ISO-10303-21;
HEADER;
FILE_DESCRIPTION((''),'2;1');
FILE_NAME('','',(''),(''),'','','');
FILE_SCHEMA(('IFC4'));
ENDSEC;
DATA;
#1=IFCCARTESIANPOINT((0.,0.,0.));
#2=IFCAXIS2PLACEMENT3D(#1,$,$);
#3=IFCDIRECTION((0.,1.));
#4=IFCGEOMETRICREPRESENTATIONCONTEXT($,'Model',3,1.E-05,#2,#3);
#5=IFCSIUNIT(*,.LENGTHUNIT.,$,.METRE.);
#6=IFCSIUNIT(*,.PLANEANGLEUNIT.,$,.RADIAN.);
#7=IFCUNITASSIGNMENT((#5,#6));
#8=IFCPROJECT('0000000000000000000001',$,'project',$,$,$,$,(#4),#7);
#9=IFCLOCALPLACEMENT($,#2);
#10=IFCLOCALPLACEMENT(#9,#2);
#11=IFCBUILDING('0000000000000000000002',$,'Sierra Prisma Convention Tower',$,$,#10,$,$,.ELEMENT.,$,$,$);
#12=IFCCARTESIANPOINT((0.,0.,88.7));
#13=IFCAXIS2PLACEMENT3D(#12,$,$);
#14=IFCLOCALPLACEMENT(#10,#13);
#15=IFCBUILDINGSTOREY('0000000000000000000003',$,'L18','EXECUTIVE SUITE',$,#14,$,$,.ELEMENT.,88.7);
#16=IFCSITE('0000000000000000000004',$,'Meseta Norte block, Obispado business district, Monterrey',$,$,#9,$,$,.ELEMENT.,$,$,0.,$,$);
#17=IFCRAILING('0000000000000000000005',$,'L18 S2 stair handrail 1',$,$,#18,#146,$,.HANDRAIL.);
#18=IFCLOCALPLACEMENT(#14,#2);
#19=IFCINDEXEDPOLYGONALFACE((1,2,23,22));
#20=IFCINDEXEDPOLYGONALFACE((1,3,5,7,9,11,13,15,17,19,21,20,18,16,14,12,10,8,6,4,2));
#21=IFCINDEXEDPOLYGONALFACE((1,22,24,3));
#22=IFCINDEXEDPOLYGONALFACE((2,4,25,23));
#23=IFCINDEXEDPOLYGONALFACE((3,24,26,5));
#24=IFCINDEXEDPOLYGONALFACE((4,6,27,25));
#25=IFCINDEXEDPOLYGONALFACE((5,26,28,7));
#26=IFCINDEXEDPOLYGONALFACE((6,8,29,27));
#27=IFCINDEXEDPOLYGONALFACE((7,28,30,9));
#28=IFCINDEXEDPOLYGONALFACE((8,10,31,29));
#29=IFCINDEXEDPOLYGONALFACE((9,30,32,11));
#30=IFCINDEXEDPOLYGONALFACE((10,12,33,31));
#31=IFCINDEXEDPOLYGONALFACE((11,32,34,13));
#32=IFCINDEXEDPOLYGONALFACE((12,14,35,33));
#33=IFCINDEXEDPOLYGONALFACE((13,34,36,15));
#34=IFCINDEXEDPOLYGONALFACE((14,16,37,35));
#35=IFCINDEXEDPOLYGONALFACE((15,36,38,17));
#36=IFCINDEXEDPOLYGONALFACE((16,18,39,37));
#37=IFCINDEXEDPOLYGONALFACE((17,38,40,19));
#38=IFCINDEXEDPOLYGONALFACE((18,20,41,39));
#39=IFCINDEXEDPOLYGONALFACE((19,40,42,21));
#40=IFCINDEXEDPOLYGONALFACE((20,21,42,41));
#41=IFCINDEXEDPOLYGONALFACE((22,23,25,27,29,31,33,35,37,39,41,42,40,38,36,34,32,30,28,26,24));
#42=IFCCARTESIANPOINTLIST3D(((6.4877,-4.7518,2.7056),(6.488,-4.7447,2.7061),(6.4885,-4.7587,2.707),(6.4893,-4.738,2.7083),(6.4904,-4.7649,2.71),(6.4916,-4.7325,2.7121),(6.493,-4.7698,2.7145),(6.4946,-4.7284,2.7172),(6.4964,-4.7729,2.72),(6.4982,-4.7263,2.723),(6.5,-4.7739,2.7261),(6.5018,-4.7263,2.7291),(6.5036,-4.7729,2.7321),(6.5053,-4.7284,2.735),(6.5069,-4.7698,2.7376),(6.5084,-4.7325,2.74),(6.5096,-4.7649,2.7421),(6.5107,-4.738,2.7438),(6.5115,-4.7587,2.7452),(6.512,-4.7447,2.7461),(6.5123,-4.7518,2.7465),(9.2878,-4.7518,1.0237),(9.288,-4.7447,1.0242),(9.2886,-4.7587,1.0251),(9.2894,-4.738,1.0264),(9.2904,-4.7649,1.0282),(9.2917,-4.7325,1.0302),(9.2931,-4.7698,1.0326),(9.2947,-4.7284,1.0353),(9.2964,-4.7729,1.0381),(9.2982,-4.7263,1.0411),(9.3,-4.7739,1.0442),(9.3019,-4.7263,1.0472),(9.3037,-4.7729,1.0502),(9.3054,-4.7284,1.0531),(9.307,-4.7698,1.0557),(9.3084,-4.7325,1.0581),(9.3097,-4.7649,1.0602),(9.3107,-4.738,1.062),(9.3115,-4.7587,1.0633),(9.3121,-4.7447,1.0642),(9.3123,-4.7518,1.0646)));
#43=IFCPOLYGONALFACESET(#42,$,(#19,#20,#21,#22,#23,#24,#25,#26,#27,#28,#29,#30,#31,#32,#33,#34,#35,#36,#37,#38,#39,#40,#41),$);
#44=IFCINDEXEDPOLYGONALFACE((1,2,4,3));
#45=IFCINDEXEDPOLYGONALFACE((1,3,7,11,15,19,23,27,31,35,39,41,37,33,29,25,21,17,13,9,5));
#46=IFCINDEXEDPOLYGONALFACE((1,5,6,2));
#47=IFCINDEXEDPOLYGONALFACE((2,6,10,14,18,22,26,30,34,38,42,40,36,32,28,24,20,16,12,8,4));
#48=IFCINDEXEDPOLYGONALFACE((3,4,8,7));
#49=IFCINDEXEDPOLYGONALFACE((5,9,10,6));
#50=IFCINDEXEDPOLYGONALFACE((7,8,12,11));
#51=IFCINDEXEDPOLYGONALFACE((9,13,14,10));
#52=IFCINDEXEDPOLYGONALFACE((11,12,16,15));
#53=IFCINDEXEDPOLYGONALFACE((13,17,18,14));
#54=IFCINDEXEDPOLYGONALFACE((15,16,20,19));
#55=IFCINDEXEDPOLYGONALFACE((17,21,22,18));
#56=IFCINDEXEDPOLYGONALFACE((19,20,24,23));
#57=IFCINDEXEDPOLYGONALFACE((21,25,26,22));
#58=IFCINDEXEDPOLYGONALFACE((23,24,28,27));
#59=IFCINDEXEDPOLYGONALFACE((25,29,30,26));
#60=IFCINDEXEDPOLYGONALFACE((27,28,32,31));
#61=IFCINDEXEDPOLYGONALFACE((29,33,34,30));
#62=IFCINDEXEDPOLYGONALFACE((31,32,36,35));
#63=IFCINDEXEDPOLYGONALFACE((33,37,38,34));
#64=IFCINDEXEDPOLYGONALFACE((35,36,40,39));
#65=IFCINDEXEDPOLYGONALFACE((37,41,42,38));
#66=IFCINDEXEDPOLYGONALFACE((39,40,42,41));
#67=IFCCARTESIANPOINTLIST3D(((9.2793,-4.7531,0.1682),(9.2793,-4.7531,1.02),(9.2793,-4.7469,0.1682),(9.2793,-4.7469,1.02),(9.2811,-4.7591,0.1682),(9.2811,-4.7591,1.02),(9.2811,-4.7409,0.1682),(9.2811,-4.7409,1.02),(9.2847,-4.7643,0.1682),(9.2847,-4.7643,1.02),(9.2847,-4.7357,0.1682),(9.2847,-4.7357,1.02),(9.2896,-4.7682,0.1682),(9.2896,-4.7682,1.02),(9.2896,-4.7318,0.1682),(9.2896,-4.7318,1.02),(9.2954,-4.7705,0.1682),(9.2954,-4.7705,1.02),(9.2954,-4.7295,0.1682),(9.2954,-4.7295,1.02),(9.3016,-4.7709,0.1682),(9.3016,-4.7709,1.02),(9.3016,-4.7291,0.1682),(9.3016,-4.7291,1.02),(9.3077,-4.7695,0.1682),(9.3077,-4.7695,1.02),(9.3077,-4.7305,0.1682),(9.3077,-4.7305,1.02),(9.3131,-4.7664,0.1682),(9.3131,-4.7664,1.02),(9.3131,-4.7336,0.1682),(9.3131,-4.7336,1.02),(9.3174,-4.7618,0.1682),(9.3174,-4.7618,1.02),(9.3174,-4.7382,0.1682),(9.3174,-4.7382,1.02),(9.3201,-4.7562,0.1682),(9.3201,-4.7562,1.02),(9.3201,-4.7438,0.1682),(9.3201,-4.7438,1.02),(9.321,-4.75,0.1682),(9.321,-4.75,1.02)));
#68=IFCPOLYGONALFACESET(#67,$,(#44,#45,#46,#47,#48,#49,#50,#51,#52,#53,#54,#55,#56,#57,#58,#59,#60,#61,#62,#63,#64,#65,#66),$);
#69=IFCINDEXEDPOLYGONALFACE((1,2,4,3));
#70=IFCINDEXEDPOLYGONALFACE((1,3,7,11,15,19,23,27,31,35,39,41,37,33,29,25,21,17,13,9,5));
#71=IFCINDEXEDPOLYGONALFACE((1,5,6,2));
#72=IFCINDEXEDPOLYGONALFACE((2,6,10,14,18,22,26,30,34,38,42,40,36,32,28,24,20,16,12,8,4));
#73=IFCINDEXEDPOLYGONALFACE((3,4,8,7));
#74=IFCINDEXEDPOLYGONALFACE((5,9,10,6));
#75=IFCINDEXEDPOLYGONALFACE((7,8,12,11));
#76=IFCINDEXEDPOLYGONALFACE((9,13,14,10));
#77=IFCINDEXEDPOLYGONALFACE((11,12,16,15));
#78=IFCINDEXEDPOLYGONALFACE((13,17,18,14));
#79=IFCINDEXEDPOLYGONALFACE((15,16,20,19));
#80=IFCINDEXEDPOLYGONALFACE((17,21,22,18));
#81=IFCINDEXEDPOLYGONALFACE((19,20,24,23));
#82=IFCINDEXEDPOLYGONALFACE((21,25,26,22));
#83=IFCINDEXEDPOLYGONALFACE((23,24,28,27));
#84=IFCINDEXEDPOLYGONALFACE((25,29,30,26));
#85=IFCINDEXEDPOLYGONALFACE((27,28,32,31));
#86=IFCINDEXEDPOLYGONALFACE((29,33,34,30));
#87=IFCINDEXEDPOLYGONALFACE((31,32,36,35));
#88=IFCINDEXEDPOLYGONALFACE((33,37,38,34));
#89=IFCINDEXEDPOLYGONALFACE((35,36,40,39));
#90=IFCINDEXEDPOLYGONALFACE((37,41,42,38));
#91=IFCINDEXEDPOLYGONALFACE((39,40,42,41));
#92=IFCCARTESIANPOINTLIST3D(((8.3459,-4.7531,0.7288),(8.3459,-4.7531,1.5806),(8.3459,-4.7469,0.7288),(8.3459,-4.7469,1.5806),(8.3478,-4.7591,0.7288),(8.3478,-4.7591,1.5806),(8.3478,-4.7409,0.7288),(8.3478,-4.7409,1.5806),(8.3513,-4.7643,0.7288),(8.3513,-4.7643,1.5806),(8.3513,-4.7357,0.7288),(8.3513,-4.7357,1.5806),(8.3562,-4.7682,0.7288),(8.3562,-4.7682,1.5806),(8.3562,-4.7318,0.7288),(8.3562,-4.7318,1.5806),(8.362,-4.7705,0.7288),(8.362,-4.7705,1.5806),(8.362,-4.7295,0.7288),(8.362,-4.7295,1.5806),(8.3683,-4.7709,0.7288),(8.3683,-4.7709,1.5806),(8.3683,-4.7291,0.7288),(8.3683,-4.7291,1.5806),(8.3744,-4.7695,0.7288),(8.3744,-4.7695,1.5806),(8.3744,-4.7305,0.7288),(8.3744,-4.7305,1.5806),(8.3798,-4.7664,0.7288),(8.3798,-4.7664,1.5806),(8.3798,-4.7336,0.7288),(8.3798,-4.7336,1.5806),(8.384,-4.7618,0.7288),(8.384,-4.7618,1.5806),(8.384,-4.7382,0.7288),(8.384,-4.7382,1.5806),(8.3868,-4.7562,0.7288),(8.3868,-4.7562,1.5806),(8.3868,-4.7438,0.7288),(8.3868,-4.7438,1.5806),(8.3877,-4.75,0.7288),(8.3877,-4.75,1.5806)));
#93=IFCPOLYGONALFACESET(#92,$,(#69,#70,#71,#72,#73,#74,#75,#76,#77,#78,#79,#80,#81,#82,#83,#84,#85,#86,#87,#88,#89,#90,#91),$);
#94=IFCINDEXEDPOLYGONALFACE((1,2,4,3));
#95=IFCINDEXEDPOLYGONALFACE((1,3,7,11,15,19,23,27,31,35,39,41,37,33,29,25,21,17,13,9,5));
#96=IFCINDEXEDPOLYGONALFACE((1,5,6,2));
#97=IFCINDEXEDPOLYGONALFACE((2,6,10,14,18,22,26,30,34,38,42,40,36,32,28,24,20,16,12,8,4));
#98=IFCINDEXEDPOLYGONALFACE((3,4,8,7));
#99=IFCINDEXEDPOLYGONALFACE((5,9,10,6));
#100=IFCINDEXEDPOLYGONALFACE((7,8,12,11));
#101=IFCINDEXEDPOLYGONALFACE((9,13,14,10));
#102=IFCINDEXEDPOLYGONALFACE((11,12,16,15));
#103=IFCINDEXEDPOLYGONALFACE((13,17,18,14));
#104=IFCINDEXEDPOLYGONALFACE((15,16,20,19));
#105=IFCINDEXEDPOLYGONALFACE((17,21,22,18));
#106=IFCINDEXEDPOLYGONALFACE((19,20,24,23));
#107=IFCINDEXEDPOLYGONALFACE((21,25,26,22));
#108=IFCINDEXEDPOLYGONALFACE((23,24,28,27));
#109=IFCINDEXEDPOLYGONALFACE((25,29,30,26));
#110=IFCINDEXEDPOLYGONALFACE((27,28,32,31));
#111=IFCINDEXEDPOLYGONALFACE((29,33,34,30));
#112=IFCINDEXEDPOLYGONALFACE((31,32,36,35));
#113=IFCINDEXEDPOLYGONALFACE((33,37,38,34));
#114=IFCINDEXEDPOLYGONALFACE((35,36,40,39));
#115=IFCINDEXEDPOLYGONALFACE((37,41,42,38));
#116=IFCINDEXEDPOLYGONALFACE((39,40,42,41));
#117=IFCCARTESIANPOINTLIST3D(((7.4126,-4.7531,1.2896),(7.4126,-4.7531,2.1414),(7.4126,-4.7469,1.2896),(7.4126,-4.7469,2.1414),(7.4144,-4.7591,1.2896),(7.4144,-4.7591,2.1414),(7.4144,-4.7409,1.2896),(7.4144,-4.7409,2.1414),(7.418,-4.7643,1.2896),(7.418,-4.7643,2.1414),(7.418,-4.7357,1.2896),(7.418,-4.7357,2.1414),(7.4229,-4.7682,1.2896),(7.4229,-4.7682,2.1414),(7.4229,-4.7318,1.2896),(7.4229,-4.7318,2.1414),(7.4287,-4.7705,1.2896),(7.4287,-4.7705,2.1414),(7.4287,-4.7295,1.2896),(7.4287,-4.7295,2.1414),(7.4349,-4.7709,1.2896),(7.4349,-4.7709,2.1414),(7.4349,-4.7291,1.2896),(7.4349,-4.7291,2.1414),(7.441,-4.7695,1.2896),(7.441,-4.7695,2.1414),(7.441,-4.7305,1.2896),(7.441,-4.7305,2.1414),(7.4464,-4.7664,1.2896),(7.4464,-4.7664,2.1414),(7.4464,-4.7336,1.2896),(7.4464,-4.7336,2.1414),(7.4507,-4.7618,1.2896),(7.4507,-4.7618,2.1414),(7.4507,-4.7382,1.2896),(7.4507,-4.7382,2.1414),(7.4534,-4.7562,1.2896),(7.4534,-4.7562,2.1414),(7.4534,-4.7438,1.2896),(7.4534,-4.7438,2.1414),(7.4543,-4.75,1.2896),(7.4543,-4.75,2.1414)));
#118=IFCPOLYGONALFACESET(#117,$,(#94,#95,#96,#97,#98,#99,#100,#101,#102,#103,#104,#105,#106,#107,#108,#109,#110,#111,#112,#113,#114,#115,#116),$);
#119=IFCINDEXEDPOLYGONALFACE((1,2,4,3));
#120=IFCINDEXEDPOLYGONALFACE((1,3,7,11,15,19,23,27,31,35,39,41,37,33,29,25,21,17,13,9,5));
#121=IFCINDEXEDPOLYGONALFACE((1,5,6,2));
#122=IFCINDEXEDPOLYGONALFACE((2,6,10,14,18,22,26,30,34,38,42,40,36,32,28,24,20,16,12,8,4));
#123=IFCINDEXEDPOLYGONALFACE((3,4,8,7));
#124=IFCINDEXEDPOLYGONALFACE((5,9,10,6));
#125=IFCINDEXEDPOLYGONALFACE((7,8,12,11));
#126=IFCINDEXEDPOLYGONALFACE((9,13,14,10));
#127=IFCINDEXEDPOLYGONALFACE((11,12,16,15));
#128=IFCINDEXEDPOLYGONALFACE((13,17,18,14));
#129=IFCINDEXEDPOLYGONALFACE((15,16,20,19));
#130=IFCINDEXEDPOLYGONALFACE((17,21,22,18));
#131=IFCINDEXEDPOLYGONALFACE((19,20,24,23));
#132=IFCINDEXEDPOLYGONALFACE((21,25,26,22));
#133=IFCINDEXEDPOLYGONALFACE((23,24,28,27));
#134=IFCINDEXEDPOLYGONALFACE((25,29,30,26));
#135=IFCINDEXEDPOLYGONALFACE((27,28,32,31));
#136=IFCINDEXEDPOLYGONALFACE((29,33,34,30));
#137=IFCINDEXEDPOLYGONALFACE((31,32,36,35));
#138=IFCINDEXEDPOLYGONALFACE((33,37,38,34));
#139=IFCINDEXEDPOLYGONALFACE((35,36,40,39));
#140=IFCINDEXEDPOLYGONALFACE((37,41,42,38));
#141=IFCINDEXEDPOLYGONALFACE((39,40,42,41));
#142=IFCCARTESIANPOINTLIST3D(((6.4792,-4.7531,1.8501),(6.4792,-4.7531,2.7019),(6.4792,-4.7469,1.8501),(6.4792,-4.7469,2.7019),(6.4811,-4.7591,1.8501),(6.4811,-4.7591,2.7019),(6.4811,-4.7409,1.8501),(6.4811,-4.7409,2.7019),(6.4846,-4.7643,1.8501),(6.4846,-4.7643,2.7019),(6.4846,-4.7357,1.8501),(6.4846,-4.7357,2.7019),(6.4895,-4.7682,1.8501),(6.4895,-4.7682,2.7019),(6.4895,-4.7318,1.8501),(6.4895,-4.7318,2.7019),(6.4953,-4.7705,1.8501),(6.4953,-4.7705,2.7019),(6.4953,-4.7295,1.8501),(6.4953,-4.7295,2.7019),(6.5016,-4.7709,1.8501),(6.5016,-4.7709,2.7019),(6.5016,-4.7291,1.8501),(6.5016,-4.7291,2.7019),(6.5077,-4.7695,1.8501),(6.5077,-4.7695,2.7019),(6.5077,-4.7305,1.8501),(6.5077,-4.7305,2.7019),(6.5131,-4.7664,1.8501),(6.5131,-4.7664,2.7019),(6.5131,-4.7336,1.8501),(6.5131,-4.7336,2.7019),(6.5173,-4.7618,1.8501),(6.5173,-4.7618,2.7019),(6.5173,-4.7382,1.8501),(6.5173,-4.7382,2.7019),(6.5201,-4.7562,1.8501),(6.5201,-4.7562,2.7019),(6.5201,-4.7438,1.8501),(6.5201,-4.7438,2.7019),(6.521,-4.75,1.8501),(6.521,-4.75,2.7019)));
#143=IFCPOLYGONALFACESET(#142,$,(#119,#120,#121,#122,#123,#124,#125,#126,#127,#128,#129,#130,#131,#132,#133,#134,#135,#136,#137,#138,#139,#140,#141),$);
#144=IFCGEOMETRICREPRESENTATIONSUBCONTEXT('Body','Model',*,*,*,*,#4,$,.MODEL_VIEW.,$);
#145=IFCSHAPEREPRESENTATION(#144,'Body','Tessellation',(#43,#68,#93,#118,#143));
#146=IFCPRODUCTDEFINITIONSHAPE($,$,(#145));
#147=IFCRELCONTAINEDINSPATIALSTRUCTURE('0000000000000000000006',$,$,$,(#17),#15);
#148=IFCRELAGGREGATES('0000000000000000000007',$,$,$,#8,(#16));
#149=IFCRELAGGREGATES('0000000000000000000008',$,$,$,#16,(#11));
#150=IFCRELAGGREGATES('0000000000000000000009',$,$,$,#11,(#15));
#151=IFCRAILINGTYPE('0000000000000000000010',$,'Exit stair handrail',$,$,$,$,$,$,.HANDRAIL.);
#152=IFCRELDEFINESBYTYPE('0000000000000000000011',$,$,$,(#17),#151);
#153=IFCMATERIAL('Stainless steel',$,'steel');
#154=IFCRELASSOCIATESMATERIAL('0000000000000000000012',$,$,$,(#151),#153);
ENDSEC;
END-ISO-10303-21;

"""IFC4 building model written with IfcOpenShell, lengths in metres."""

from ifc_helpers import new_model, si_unit, direction, frame, origin, origin_2d, place, context, subcontext, project, spatial, circle, extrude, material, type_object, element, save


model = new_model("IFC4")

# Units and contexts
model_context = context("Model", 3, precision=1e-05, world=origin(), true_north=direction((0.0, 1.0)))
body_context = subcontext(model_context, "Body", "Model", "MODEL_VIEW")
ifc_project = project(units=[si_unit("LENGTHUNIT", "METRE"), si_unit("PLANEANGLEUNIT", "RADIAN")], contexts=[model_context])

# Site, building, storey
site_placement = place(None, origin())
site = spatial("IfcSite", under=ifc_project, at=site_placement, Name="Meseta Norte block, Obispado business district, Monterrey", CompositionType="ELEMENT", RefElevation=0.0)
building_placement = place(site_placement, origin())
building = spatial("IfcBuilding", under=site, at=building_placement, Name="Sierra Prisma Convention Tower", CompositionType="ELEMENT")
storey_placement = place(building_placement, frame((0.0, 0.0, 88.7)))
storey = spatial("IfcBuildingStorey", under=building, at=storey_placement, Name="L18", Description="EXECUTIVE SUITE", CompositionType="ELEMENT", Elevation=88.7)

# Railing
ifc_material_1 = material(Name="Stainless steel", Category="steel")
railing_type_1 = type_object("IfcRailingType", Name="Exit stair handrail", PredefinedType="HANDRAIL", material=ifc_material_1)
railing_1_placement = place(storey_placement, frame((9.3, -4.75, 0.1682)))
element("IfcRailing", 1, at=railing_1_placement, inside=storey, type_object=railing_type_1, Name="L18 S2 stair handrail 1", PredefinedType="HANDRAIL", context=body_context, shape_type="SweptSolid", body=[
    extrude(circle(Radius=0.0239, at=origin_2d()), frame((0.0, 0.0, 0.876), z_axis=(-0.857242, 0.0, 0.514913), x_axis=(0.0, -1.0, 0.0)), (0.0, 0.0, 1.0), 3.2664),
    extrude(circle(Radius=0.021, at=origin_2d()), origin(), (0.0, 0.0, 1.0), 0.8518),
    extrude(circle(Radius=0.021, at=origin_2d()), frame((-0.9333, 0.0, 0.5605)), (0.0, 0.0, 1.0), 0.8518),
    extrude(circle(Radius=0.021, at=origin_2d()), frame((-1.8667, 0.0, 1.1213)), (0.0, 0.0, 1.0), 0.8518),
    extrude(circle(Radius=0.021, at=origin_2d()), frame((-2.8, 0.0, 1.6819)), (0.0, 0.0, 1.0), 0.8518),
])

save(model, "model.ifc")
